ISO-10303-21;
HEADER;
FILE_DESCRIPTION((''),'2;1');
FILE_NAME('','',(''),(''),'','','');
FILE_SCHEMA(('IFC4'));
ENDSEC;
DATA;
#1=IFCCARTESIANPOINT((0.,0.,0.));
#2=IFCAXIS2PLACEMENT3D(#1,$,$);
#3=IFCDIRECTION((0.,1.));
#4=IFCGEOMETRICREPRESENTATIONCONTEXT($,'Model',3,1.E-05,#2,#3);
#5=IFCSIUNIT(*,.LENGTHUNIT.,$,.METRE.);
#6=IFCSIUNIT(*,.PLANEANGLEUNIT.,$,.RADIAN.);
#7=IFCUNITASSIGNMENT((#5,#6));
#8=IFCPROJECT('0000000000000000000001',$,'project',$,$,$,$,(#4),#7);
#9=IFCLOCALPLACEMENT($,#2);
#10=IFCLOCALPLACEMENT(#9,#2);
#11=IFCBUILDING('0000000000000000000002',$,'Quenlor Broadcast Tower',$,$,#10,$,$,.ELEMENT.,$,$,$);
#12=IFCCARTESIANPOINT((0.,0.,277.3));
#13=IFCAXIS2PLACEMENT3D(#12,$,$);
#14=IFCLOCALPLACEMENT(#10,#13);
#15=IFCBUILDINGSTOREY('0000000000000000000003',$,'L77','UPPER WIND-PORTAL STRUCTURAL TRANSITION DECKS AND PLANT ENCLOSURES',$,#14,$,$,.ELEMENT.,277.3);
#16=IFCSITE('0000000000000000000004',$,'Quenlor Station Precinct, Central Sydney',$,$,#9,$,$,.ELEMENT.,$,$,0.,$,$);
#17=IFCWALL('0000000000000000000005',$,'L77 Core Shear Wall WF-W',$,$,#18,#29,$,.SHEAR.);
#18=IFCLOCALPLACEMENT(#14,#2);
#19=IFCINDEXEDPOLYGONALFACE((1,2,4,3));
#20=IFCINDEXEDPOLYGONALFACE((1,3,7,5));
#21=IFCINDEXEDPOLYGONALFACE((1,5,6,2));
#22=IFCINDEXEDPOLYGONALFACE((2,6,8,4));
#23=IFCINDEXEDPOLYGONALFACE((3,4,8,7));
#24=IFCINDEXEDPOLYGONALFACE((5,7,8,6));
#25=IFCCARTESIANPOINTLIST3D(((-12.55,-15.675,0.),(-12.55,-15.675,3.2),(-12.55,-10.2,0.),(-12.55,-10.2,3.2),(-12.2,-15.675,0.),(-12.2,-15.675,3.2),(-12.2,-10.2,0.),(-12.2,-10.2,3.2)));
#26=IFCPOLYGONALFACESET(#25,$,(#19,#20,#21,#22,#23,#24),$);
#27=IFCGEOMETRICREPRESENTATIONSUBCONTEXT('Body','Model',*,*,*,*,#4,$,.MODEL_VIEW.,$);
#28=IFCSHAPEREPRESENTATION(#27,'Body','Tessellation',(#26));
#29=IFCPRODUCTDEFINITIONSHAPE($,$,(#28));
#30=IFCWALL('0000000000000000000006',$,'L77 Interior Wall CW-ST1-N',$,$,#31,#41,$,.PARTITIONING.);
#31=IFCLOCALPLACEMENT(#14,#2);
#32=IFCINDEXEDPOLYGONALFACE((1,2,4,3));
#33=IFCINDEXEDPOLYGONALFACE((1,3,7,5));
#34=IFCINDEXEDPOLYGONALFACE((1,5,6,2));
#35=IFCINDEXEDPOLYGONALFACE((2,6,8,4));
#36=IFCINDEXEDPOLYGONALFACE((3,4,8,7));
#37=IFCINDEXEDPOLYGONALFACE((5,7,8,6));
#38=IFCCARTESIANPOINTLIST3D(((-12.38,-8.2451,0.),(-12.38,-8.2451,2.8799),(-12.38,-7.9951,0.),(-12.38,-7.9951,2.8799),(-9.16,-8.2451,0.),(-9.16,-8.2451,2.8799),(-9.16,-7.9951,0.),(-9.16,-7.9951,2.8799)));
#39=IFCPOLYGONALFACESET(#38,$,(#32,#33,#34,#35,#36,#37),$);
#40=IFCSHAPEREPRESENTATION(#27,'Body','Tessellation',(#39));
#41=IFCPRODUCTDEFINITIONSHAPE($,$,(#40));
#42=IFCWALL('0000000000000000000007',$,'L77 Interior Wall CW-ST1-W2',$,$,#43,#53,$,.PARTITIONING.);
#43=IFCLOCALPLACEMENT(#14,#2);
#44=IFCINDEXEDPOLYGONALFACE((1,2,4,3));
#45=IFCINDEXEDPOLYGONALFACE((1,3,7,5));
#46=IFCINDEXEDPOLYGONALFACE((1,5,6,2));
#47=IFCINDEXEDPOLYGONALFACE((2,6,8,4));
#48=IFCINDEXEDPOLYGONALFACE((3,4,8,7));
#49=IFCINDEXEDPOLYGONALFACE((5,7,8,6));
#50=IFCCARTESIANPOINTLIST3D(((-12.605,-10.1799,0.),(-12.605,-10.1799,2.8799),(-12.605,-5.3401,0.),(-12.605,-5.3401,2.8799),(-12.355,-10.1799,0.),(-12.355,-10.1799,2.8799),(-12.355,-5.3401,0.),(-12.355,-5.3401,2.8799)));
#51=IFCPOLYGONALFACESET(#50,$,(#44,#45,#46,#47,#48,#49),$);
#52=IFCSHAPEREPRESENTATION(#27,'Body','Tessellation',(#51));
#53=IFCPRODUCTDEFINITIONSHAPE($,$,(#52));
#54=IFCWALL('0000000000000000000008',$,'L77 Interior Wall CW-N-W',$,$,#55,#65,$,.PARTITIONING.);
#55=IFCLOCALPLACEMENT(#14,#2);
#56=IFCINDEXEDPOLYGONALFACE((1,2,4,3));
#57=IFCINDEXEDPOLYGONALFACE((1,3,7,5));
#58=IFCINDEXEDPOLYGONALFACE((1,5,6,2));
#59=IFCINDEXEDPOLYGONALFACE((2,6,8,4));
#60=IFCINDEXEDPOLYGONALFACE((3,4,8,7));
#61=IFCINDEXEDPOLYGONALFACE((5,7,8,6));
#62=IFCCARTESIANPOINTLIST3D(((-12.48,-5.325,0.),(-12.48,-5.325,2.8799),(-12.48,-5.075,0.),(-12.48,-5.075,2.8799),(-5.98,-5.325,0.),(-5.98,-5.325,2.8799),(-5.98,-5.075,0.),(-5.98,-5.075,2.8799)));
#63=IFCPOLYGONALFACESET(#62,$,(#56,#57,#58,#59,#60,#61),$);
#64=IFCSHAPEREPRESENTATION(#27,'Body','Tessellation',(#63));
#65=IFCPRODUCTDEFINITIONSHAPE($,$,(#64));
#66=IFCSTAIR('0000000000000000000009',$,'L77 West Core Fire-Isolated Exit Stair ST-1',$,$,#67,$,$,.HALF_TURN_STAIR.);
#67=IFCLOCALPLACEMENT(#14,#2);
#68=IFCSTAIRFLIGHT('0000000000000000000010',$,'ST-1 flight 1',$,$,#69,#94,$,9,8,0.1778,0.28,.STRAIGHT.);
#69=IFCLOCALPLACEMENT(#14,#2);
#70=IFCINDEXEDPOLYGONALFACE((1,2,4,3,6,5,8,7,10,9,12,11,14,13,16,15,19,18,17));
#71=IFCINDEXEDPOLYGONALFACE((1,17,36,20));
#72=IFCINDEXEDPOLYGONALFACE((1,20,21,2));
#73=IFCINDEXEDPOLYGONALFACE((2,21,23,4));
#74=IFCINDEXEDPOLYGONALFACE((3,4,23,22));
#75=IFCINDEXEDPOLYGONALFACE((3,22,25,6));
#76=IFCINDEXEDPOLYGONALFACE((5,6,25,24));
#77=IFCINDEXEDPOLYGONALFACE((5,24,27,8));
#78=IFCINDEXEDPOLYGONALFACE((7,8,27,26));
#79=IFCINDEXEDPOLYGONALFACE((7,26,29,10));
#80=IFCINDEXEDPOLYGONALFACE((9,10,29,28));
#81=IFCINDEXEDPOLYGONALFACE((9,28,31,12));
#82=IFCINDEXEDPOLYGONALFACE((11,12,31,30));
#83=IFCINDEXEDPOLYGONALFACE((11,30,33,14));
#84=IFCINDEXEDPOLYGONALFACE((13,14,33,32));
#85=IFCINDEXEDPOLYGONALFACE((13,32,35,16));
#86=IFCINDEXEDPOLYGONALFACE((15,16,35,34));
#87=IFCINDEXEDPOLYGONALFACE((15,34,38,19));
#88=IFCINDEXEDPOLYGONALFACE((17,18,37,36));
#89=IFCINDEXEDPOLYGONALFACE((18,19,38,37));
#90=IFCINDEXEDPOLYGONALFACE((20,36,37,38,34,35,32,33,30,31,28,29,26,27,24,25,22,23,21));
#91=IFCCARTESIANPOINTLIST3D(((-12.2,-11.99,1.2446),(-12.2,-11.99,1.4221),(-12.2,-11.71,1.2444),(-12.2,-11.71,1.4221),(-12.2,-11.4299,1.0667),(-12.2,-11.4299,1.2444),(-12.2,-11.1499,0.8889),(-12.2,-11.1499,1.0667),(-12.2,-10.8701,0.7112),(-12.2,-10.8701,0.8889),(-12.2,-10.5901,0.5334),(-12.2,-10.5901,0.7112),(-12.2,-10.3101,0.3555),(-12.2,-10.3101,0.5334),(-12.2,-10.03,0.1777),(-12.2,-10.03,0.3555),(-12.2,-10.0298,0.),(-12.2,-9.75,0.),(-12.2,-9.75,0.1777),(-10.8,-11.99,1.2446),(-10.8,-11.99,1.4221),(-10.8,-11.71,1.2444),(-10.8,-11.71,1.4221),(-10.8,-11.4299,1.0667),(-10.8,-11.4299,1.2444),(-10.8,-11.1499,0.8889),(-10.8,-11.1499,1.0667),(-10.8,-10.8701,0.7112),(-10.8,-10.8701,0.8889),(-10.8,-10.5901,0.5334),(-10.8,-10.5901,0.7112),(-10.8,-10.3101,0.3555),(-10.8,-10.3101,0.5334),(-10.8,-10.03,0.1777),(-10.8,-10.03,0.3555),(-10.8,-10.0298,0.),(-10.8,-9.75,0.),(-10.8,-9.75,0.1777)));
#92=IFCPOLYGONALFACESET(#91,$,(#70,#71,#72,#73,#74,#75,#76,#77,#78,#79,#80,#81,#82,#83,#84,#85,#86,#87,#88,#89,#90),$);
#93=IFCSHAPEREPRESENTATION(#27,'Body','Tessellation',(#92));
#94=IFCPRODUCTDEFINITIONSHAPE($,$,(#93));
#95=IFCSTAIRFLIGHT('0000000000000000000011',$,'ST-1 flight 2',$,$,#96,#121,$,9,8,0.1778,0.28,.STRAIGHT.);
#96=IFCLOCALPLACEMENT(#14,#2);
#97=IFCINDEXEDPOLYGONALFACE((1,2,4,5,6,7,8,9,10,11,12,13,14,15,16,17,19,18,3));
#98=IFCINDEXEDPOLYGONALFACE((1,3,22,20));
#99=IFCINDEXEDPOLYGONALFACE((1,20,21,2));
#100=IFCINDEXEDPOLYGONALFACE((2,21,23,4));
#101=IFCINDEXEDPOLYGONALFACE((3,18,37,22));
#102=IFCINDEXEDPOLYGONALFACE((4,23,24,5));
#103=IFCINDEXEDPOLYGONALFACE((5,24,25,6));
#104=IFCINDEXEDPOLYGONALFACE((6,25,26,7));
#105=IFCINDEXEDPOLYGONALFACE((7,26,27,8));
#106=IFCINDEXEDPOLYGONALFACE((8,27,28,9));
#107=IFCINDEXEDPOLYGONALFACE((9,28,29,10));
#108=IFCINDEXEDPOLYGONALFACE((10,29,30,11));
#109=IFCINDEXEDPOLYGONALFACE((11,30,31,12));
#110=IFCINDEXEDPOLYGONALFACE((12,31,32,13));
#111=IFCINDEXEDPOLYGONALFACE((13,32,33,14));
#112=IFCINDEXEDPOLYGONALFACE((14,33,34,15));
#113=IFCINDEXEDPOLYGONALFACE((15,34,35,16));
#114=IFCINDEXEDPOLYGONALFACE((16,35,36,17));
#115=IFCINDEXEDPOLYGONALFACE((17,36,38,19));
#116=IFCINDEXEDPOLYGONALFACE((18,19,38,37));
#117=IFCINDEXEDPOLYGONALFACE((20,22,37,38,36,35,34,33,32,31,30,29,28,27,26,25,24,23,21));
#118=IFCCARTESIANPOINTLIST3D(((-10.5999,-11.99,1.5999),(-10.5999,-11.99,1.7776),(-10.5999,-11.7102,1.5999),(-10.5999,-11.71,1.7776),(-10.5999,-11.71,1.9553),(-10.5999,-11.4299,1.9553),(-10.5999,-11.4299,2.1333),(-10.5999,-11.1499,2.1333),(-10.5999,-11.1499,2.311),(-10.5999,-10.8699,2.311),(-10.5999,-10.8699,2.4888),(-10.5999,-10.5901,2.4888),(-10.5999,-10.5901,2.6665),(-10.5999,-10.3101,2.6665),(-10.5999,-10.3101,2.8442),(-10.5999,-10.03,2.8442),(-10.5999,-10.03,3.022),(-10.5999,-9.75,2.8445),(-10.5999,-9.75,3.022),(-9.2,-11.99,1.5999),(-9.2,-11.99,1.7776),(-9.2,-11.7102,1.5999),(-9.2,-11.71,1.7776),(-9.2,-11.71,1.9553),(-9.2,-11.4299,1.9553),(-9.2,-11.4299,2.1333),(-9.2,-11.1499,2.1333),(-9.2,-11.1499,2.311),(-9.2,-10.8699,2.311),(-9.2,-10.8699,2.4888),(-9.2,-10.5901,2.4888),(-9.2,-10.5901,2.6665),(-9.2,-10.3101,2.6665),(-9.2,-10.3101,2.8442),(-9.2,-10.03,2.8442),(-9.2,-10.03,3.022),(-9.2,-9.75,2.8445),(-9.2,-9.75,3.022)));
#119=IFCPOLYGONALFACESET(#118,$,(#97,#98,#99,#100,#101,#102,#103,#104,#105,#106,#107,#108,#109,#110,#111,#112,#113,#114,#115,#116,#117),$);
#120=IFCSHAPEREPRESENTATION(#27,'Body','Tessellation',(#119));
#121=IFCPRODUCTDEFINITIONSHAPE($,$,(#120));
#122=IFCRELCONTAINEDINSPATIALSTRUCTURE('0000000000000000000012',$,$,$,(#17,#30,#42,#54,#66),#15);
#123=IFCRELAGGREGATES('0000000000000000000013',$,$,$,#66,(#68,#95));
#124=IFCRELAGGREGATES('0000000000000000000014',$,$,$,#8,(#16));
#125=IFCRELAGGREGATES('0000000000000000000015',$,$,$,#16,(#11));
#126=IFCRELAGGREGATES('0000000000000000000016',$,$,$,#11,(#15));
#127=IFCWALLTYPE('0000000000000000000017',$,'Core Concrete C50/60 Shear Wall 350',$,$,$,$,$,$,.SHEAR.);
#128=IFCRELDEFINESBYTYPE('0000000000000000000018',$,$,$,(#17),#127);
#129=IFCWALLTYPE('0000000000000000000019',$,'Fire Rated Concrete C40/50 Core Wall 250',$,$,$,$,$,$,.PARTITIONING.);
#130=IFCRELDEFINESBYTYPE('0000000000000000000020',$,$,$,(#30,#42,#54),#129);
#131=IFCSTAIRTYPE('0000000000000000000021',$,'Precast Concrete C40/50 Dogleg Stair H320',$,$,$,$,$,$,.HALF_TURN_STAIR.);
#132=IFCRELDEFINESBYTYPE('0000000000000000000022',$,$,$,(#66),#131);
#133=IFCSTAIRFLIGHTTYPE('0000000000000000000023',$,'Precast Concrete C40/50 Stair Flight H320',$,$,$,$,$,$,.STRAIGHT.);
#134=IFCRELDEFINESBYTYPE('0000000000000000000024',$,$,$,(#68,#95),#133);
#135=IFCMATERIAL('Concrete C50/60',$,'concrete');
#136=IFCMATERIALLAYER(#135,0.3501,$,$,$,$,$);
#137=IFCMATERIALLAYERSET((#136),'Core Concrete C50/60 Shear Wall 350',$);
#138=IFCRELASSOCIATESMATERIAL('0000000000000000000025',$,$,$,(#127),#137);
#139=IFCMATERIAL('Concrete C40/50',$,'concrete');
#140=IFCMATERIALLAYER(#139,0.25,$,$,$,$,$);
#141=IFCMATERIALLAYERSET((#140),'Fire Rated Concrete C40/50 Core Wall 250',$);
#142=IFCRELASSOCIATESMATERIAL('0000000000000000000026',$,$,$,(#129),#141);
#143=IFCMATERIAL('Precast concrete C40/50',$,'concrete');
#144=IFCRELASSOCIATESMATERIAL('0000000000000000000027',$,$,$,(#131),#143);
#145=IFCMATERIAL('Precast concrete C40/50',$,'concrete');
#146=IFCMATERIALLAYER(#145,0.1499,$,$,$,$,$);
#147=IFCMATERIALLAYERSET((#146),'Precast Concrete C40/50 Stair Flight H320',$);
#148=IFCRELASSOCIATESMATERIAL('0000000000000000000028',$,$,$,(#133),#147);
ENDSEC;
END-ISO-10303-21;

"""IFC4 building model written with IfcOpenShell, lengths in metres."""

from ifc_helpers import new_model, si_unit, direction, frame, frame_2d, origin, place, context, subcontext, project, spatial, polyline, rectangle, outline, extrude, material, layer, layer_set, type_object, element, aggregate, save


model = new_model("IFC4")

# Units and contexts
model_context = context("Model", 3, precision=1e-05, world=origin(), true_north=direction((0.0, 1.0)))
body_context = subcontext(model_context, "Body", "Model", "MODEL_VIEW")
ifc_project = project(units=[si_unit("LENGTHUNIT", "METRE"), si_unit("PLANEANGLEUNIT", "RADIAN")], contexts=[model_context])

# Site, building, storey
site_placement = place(None, origin())
site = spatial("IfcSite", under=ifc_project, at=site_placement, Name="Quenlor Station Precinct, Central Sydney", CompositionType="ELEMENT", RefElevation=0.0)
building_placement = place(site_placement, origin())
building = spatial("IfcBuilding", under=site, at=building_placement, Name="Quenlor Broadcast Tower", CompositionType="ELEMENT")
storey_placement = place(building_placement, frame((0.0, 0.0, 277.3)))
storey = spatial("IfcBuildingStorey", under=building, at=storey_placement, Name="L77", Description="UPPER WIND-PORTAL STRUCTURAL TRANSITION DECKS AND PLANT ENCLOSURES", CompositionType="ELEMENT", Elevation=277.3)

# Wall
ifc_material_1 = material(Name="Concrete C50/60", Category="concrete")
ifc_layer_1 = layer(ifc_material_1, 0.3501)
ifc_layer_set_1 = layer_set([ifc_layer_1], Name="Core Concrete C50/60 Shear Wall 350")
wall_type_1 = type_object("IfcWallType", Name="Core Concrete C50/60 Shear Wall 350", PredefinedType="SHEAR", material=ifc_layer_set_1)
wall_1_placement = place(storey_placement, frame((-12.375, -15.675, 0.0), z_axis=(0.0, 0.0, 1.0), x_axis=(0.0, 1.0, 0.0)))
element("IfcWall", 1, at=wall_1_placement, inside=storey, type_object=wall_type_1, Name="L77 Core Shear Wall WF-W", PredefinedType="SHEAR", context=body_context, shape_type="SweptSolid", body=[
    extrude(rectangle(XDim=5.4751, YDim=0.3501, at=frame_2d((2.7375, 0.0))), origin(), (0.0, 0.0, 1.0), 3.2),
])

# Shared definitions
ifc_material_2 = material(Name="Concrete C40/50", Category="concrete")
ifc_layer_2 = layer(ifc_material_2, 0.25)
ifc_layer_set_2 = layer_set([ifc_layer_2], Name="Fire Rated Concrete C40/50 Core Wall 250")
wall_type_2 = type_object("IfcWallType", Name="Fire Rated Concrete C40/50 Core Wall 250", PredefinedType="PARTITIONING", material=ifc_layer_set_2)

# Walls
wall_2_placement = place(storey_placement, frame((-12.3799, -8.1201, 0.0), z_axis=(0.0, 0.0, 1.0), x_axis=(1.0, 0.0, 0.0)))
element("IfcWall", 2, at=wall_2_placement, inside=storey, type_object=wall_type_2, Name="L77 Interior Wall CW-ST1-N", PredefinedType="PARTITIONING", context=body_context, shape_type="SweptSolid", body=[
    extrude(rectangle(XDim=3.22, YDim=0.25, at=frame_2d((1.6099, 0.0))), origin(), (0.0, 0.0, 1.0), 2.8799),
])
wall_3_placement = place(storey_placement, frame((-12.48, -10.1799, 0.0), z_axis=(0.0, 0.0, 1.0), x_axis=(0.0, 1.0, 0.0)))
element("IfcWall", 3, at=wall_3_placement, inside=storey, type_object=wall_type_2, Name="L77 Interior Wall CW-ST1-W2", PredefinedType="PARTITIONING", context=body_context, shape_type="SweptSolid", body=[
    extrude(rectangle(XDim=4.8398, YDim=0.25, at=frame_2d((2.4199, 0.0))), origin(), (0.0, 0.0, 1.0), 2.8799),
])

# Wall
wall_4_placement = place(storey_placement, frame((-12.48, -5.2, 0.0), z_axis=(0.0, 0.0, 1.0), x_axis=(1.0, 0.0, 0.0)))
element("IfcWall", 4, at=wall_4_placement, inside=storey, type_object=wall_type_2, Name="L77 Interior Wall CW-N-W", PredefinedType="PARTITIONING", context=body_context, shape_type="SweptSolid", body=[
    extrude(rectangle(XDim=6.5, YDim=0.25, at=frame_2d((3.25, 0.0))), origin(), (0.0, 0.0, 1.0), 2.8799),
])

# Stair, stair flights
ifc_material_3 = material(Name="Precast concrete C40/50", Category="concrete")
stair_type = type_object("IfcStairType", Name="Precast Concrete C40/50 Dogleg Stair H320", PredefinedType="HALF_TURN_STAIR", material=ifc_material_3)
stair_placement = place(storey_placement, origin())
stair = element("IfcStair", 5, at=stair_placement, inside=storey, type_object=stair_type, Name="L77 West Core Fire-Isolated Exit Stair ST-1", PredefinedType="HALF_TURN_STAIR")
ifc_material_4 = material(Name="Precast concrete C40/50", Category="concrete")
ifc_layer_3 = layer(ifc_material_4, 0.1499)
ifc_layer_set_3 = layer_set([ifc_layer_3], Name="Precast Concrete C40/50 Stair Flight H320")
stair_flight_type = type_object("IfcStairFlightType", Name="Precast Concrete C40/50 Stair Flight H320", PredefinedType="STRAIGHT", material=ifc_layer_set_3)
stair_flight_1_placement = place(storey_placement, frame((-11.5, -9.75, 0.0), z_axis=(0.0, 0.0, 1.0), x_axis=(0.0, -1.0, 0.0)))
stair_flight_1 = element("IfcStairFlight", 6, at=stair_flight_1_placement, type_object=stair_flight_type, Name="ST-1 flight 1", NumberOfRisers=9, NumberOfTreads=8, PredefinedType="STRAIGHT", RiserHeight=0.1778, TreadLength=0.28, context=body_context, shape_type="SweptSolid", body=[
    extrude(outline(polyline([(0.0, 0.0), (0.0, 0.1777), (0.28, 0.1777), (0.28, 0.3555), (0.5601, 0.3555), (0.5601, 0.5334), (0.8401, 0.5334), (0.8401, 0.7112), (1.1201, 0.7112), (1.1201, 0.8889), (1.3999, 0.8889), (1.3999, 1.0667), (1.6799, 1.0667), (1.6799, 1.2444), (1.96, 1.2444), (1.96, 1.4221), (2.24, 1.4221), (2.24, 1.6001), (2.24, 1.2446), (0.2798, 0.0), (0.0, 0.0)])), frame((0.0, 0.7, 0.0), z_axis=(0.0, -1.0, 0.0), x_axis=(1.0, 0.0, 0.0)), (0.0, 0.0, 1.0), 1.3999),
])
stair_flight_2_placement = place(storey_placement, frame((-9.8999, -11.99, 1.5999), z_axis=(0.0, 0.0, 1.0), x_axis=(0.0, 1.0, 0.0)))
stair_flight_2 = element("IfcStairFlight", 7, at=stair_flight_2_placement, type_object=stair_flight_type, Name="ST-1 flight 2", NumberOfRisers=9, NumberOfTreads=8, PredefinedType="STRAIGHT", RiserHeight=0.1778, TreadLength=0.28, context=body_context, shape_type="SweptSolid", body=[
    extrude(outline(polyline([(0.0, 0.0), (0.0, 0.1777), (0.28, 0.1777), (0.28, 0.3555), (0.5601, 0.3555), (0.5601, 0.5334), (0.8401, 0.5334), (0.8401, 0.7112), (1.1201, 0.7112), (1.1201, 0.8889), (1.3999, 0.8889), (1.3999, 1.0667), (1.6799, 1.0667), (1.6799, 1.2444), (1.96, 1.2444), (1.96, 1.4221), (2.24, 1.4221), (2.24, 1.6001), (2.24, 1.2446), (0.2798, 0.0), (0.0, 0.0)])), frame((0.0, 0.7, 0.0), z_axis=(0.0, -1.0, 0.0), x_axis=(1.0, 0.0, 0.0)), (0.0, 0.0, 1.0), 1.3999),
])
aggregate(stair, [stair_flight_1, stair_flight_2])

save(model, "model.ifc")
